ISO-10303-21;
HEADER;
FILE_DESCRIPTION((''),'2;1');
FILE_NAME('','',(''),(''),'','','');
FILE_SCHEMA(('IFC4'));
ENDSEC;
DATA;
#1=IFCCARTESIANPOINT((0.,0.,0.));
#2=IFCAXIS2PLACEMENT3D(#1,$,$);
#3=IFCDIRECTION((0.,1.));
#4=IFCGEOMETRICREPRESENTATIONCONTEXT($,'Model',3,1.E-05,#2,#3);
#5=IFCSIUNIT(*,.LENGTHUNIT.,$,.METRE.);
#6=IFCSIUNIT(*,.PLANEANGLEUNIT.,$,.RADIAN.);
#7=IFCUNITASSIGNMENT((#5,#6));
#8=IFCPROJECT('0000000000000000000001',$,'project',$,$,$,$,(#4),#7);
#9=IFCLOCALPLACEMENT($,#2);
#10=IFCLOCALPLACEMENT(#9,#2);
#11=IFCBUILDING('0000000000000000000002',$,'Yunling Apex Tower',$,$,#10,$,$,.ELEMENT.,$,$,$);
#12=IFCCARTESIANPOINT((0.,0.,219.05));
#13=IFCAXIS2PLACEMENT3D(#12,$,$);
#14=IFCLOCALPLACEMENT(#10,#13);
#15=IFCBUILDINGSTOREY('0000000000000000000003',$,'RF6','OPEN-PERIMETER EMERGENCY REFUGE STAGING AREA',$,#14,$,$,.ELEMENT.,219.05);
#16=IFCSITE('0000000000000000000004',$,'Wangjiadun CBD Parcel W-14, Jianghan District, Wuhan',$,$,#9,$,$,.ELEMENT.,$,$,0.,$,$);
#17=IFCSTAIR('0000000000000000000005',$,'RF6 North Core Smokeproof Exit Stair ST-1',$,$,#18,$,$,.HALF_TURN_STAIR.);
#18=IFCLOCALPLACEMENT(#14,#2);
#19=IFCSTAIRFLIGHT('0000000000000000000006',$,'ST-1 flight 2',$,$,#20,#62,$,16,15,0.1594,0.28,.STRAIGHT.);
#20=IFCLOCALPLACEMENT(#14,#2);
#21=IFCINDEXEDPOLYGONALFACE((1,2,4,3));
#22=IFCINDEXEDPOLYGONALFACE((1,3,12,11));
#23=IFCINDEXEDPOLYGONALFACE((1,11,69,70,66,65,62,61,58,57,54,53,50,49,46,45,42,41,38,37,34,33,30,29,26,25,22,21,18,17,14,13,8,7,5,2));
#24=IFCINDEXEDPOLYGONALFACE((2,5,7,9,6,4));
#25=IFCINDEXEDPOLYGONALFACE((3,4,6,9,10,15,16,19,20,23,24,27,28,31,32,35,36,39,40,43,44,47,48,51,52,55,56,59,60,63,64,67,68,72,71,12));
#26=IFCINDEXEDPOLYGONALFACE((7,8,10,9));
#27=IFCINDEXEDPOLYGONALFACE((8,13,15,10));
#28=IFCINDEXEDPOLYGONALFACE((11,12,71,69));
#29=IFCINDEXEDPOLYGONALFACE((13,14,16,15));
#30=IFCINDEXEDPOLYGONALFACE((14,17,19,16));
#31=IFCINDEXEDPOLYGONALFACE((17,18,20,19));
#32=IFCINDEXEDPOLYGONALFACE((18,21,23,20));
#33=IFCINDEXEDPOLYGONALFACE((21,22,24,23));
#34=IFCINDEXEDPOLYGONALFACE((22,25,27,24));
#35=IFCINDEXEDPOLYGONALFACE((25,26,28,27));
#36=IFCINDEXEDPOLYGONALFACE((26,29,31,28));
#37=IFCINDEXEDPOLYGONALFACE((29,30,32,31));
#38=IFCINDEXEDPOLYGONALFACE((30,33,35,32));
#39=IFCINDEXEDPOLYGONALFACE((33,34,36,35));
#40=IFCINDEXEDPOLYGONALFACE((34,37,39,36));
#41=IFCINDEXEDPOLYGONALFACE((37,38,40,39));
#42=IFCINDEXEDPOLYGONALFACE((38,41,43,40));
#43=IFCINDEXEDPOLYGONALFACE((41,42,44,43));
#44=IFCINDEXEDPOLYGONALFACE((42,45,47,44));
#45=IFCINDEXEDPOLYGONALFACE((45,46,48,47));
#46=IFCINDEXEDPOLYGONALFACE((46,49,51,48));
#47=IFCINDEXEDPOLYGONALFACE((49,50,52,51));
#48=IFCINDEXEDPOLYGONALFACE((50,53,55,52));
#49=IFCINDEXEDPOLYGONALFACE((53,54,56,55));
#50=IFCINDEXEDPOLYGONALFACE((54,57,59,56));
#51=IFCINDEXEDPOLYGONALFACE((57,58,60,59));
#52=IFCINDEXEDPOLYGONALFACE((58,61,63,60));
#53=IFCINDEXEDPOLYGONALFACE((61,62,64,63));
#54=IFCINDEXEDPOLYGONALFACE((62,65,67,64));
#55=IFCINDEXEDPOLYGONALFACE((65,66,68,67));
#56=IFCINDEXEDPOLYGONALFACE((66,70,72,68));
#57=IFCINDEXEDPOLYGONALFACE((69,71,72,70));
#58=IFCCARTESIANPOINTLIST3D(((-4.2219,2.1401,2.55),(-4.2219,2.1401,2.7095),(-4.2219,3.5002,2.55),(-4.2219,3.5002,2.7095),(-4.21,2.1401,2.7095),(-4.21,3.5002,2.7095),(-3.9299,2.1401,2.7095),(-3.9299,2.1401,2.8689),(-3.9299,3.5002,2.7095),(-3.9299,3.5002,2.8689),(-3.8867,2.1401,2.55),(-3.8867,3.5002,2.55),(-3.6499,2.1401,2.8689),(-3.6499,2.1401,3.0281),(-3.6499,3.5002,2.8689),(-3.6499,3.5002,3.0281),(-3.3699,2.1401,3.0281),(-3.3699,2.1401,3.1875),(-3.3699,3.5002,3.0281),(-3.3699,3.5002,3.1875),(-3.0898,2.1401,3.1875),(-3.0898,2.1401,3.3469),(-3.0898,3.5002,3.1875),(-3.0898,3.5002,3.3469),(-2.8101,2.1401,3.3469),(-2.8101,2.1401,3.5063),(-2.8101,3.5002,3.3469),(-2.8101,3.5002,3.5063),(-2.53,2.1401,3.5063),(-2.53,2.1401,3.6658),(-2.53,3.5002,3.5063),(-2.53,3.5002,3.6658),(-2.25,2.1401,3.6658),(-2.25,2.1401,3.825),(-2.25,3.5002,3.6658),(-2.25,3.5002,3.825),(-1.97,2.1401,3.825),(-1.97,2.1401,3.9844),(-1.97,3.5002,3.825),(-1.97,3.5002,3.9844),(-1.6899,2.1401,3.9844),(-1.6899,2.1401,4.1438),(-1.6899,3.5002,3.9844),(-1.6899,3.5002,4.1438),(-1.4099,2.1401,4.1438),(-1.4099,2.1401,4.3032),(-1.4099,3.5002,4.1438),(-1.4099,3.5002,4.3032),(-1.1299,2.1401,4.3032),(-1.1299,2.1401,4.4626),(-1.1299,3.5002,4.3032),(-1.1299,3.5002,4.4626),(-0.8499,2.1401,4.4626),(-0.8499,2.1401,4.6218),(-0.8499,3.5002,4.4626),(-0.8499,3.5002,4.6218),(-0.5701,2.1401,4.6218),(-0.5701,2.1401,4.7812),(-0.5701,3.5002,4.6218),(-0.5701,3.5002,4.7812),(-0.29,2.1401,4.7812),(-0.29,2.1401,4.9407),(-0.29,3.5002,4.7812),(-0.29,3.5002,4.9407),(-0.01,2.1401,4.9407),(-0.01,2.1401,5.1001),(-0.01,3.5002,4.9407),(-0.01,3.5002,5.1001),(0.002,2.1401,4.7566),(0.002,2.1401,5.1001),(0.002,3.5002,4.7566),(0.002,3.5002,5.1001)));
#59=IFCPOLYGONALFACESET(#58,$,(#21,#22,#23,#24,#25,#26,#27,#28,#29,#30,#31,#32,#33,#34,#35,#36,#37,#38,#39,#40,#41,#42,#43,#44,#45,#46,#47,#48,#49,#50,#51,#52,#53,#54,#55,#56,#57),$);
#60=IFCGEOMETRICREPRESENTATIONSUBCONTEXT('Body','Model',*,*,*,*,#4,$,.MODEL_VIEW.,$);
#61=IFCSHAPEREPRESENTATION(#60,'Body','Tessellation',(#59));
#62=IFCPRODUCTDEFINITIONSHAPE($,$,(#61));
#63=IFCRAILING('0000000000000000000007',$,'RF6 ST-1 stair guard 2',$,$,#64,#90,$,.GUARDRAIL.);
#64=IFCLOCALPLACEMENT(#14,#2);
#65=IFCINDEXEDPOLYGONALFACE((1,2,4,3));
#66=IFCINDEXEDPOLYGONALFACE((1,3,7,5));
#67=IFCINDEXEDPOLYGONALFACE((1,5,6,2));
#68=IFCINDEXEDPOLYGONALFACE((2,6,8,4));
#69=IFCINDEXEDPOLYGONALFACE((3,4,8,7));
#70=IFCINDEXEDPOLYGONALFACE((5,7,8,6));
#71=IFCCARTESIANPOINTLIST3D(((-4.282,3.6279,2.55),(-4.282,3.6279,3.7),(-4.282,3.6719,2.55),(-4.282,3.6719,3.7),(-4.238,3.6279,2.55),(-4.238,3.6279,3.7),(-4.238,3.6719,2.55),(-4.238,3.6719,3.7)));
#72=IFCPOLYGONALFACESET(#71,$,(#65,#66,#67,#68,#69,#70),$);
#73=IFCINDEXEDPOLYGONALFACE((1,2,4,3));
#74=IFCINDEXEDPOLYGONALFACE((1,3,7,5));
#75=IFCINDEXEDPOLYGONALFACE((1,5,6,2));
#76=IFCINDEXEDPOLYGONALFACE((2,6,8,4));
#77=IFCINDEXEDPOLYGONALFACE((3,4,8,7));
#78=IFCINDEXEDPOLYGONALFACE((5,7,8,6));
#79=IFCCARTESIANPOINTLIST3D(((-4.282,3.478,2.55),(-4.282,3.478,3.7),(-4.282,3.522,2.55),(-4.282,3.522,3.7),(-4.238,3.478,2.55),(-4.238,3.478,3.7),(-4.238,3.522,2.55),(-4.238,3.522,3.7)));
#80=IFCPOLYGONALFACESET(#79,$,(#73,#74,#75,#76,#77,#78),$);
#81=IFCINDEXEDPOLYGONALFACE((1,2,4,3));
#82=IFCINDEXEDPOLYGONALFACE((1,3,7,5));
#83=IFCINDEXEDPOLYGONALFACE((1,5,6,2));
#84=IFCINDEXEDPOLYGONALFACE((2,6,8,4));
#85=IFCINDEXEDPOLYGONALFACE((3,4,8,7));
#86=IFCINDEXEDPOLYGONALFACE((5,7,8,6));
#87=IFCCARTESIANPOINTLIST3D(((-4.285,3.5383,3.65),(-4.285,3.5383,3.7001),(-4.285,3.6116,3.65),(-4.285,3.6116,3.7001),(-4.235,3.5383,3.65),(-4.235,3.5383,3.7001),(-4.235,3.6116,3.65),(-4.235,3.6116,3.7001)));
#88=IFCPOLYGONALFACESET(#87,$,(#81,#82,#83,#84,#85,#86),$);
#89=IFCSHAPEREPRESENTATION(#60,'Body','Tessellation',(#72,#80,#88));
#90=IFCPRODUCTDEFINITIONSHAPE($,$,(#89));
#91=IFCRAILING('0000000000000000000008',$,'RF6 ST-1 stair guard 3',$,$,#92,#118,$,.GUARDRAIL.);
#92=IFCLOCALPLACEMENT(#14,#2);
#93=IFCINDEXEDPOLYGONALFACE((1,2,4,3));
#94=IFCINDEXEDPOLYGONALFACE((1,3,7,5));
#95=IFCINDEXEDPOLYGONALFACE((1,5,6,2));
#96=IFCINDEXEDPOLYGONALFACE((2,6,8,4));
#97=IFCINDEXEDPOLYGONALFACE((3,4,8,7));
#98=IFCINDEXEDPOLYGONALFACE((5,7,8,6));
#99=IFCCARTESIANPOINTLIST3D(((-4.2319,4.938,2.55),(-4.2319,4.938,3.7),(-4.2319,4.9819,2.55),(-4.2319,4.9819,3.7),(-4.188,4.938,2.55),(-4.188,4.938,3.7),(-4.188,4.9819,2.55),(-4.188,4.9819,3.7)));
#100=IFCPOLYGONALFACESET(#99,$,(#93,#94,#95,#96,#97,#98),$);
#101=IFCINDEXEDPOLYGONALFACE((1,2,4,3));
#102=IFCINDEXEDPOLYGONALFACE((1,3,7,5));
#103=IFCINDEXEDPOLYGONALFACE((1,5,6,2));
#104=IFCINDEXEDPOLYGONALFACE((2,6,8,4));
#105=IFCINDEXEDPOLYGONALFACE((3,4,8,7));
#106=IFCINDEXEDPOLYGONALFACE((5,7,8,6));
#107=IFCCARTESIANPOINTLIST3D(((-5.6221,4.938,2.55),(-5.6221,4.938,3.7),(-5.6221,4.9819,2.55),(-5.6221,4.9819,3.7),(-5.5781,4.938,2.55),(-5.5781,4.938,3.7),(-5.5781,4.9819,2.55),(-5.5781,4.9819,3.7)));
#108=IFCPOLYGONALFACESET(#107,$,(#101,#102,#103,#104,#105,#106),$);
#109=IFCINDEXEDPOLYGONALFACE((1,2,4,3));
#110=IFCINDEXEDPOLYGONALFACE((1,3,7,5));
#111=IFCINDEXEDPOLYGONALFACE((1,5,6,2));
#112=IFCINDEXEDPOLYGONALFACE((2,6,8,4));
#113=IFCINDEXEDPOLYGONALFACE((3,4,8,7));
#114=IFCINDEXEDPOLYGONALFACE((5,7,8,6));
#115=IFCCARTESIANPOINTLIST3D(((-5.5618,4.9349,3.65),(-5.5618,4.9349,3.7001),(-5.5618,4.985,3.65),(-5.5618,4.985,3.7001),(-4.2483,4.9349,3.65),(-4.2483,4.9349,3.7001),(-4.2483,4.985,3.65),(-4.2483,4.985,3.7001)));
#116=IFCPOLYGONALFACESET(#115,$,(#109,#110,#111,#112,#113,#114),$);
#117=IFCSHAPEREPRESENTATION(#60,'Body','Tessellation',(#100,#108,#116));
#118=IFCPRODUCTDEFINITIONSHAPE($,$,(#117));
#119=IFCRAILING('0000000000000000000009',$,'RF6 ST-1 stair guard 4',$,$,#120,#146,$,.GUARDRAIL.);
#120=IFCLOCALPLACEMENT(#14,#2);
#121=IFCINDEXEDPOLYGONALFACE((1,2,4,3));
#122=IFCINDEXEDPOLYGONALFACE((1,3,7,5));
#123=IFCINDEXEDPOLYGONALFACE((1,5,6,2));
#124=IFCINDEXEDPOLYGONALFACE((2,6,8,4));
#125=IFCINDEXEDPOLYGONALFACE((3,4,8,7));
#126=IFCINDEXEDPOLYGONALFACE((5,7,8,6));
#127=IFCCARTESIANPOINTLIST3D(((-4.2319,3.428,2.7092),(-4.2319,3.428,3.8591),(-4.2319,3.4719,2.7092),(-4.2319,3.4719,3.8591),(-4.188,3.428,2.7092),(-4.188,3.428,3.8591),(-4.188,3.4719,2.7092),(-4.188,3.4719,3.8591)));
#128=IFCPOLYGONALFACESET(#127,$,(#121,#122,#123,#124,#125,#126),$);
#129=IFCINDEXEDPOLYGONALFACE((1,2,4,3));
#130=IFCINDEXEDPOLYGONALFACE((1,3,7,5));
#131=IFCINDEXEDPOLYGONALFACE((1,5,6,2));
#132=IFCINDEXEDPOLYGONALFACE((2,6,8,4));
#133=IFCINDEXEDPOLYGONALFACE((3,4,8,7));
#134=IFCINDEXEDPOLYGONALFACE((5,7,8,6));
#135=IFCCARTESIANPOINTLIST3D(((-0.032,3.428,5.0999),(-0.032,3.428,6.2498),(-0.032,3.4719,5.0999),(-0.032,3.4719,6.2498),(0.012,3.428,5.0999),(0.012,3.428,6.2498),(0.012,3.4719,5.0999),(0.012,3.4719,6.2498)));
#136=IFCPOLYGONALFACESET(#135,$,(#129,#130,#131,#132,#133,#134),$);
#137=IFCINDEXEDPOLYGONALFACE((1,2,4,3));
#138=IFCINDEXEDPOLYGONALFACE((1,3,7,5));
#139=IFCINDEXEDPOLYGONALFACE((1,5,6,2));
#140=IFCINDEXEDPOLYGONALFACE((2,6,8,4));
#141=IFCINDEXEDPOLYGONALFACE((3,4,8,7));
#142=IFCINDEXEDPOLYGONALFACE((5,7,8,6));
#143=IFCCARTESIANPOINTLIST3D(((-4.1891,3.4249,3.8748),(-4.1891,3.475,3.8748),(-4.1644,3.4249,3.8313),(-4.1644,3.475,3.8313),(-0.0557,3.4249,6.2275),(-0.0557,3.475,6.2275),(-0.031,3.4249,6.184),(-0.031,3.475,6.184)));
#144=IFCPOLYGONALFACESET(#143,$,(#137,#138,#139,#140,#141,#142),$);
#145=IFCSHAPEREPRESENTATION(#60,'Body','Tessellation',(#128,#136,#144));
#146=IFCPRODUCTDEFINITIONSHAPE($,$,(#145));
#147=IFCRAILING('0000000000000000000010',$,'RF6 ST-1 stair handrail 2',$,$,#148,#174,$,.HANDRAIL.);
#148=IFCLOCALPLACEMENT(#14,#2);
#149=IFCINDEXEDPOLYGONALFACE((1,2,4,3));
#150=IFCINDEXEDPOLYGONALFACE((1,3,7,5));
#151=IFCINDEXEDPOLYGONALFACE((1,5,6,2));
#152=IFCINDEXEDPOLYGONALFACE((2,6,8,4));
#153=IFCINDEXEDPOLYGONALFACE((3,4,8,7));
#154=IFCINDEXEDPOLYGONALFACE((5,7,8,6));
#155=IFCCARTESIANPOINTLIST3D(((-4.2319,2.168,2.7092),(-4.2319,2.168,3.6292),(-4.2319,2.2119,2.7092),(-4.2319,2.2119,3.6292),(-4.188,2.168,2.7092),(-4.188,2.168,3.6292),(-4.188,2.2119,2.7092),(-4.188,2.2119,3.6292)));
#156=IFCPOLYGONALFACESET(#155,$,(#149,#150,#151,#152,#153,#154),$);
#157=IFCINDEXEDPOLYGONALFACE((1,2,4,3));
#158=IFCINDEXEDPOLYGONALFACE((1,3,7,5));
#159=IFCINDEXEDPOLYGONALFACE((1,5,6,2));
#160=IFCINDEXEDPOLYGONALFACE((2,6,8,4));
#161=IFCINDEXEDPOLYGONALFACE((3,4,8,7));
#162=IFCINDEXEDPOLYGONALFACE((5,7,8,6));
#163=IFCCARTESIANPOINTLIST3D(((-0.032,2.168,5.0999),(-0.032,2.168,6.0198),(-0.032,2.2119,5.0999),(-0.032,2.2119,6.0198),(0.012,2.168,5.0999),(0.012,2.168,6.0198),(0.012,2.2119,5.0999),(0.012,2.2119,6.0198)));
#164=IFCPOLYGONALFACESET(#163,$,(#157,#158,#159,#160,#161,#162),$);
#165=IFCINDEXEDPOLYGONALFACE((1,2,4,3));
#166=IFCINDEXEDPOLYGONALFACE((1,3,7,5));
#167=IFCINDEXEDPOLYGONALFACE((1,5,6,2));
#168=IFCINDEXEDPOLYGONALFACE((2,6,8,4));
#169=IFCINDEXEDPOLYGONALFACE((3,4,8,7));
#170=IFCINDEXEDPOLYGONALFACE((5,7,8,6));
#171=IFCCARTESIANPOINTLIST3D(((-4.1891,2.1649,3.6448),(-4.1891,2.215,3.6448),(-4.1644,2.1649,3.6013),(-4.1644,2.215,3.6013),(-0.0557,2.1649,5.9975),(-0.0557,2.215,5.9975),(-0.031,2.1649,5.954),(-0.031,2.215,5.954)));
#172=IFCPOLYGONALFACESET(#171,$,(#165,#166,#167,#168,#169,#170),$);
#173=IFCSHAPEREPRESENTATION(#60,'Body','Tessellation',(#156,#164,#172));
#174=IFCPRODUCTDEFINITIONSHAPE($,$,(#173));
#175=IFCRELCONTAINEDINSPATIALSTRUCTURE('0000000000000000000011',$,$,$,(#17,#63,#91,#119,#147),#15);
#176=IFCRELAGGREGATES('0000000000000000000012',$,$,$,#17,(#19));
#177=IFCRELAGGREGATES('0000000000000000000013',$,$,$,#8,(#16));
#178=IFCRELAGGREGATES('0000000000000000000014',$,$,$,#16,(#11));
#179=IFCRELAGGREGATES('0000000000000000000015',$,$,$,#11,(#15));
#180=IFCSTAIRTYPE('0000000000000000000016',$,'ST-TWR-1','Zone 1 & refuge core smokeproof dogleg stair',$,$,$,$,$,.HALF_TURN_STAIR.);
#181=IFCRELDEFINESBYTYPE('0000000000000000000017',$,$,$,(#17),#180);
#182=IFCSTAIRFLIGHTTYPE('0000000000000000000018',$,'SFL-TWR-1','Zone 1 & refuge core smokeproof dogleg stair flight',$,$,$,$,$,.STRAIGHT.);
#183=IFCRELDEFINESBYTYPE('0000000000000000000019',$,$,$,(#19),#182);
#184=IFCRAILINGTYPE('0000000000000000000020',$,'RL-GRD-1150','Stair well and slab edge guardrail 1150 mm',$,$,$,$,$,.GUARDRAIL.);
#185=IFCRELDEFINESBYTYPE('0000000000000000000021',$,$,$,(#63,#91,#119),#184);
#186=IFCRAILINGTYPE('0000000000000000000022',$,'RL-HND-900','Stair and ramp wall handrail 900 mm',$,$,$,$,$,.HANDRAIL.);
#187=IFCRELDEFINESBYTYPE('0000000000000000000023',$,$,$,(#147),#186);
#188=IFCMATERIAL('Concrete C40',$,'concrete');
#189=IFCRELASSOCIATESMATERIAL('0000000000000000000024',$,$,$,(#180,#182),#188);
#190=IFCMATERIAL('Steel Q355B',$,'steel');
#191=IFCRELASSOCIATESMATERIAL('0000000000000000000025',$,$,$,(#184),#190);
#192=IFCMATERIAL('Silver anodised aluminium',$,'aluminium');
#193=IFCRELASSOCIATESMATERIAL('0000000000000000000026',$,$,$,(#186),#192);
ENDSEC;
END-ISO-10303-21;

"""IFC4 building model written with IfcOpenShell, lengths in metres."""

from ifc_helpers import new_model, si_unit, direction, frame, origin, origin_2d, place, context, subcontext, project, spatial, polyline, rectangle, outline, extrude, material, type_object, element, aggregate, save


model = new_model("IFC4")

# Units and contexts
model_context = context("Model", 3, precision=1e-05, world=origin(), true_north=direction((0.0, 1.0)))
body_context = subcontext(model_context, "Body", "Model", "MODEL_VIEW")
ifc_project = project(units=[si_unit("LENGTHUNIT", "METRE"), si_unit("PLANEANGLEUNIT", "RADIAN")], contexts=[model_context])

# Site, building, storey
site_placement = place(None, origin())
site = spatial("IfcSite", under=ifc_project, at=site_placement, Name="Wangjiadun CBD Parcel W-14, Jianghan District, Wuhan", CompositionType="ELEMENT", RefElevation=0.0)
building_placement = place(site_placement, origin())
building = spatial("IfcBuilding", under=site, at=building_placement, Name="Yunling Apex Tower", CompositionType="ELEMENT")
storey_placement = place(building_placement, frame((0.0, 0.0, 219.05)))
storey = spatial("IfcBuildingStorey", under=building, at=storey_placement, Name="RF6", Description="OPEN-PERIMETER EMERGENCY REFUGE STAGING AREA", CompositionType="ELEMENT", Elevation=219.05)

# Shared definitions
ifc_material_1 = material(Name="Steel Q355B", Category="steel")

# Shared definitions
ifc_material_2 = material(Name="Concrete C40", Category="concrete")

# Stair, stair flight
stair_type = type_object("IfcStairType", Name="ST-TWR-1", Description="Zone 1 & refuge core smokeproof dogleg stair", PredefinedType="HALF_TURN_STAIR", material=ifc_material_2)
stair_placement = place(storey_placement, origin())
stair = element("IfcStair", 1, at=stair_placement, inside=storey, type_object=stair_type, Name="RF6 North Core Smokeproof Exit Stair ST-1", PredefinedType="HALF_TURN_STAIR")
stair_flight_type = type_object("IfcStairFlightType", Name="SFL-TWR-1", Description="Zone 1 & refuge core smokeproof dogleg stair flight", PredefinedType="STRAIGHT", material=ifc_material_2)
stair_flight_placement = place(storey_placement, frame((-4.21, 2.8201, 2.55), z_axis=(0.0, 0.0, 1.0), x_axis=(1.0, 0.0, 0.0)))
stair_flight = element("IfcStairFlight", 2, at=stair_flight_placement, type_object=stair_flight_type, Name="ST-1 flight 2", NumberOfRisers=16, NumberOfTreads=15, PredefinedType="STRAIGHT", RiserHeight=0.1594, TreadLength=0.28, context=body_context, shape_type="SweptSolid", body=[
    extrude(outline(polyline([(-0.012, 0.0), (-0.012, 0.1594), (0.0, 0.1594), (0.28, 0.1594), (0.28, 0.3188), (0.5601, 0.3188), (0.5601, 0.478), (0.8401, 0.478), (0.8401, 0.6375), (1.1201, 0.6375), (1.1201, 0.7969), (1.3999, 0.7969), (1.3999, 0.9563), (1.6799, 0.9563), (1.6799, 1.1157), (1.96, 1.1157), (1.96, 1.2749), (2.24, 1.2749), (2.24, 1.4343), (2.52, 1.4343), (2.52, 1.5938), (2.8, 1.5938), (2.8, 1.7532), (3.0801, 1.7532), (3.0801, 1.9126), (3.3601, 1.9126), (3.3601, 2.0718), (3.6399, 2.0718), (3.6399, 2.2312), (3.9199, 2.2312), (3.9199, 2.3906), (4.2, 2.3906), (4.2, 2.55), (4.2119, 2.55), (4.2119, 2.2065), (0.3232, 0.0), (-0.012, 0.0)])), frame((0.0, 0.6802, 0.0), z_axis=(0.0, -1.0, 0.0), x_axis=(1.0, 0.0, 0.0)), (0.0, 0.0, 1.0), 1.3601),
])
aggregate(stair, [stair_flight])

# Railings
railing_type_1 = type_object("IfcRailingType", Name="RL-GRD-1150", Description="Stair well and slab edge guardrail 1150 mm", PredefinedType="GUARDRAIL", material=ifc_material_1)
railing_1_placement = place(storey_placement, frame((-4.26, 3.6499, 2.55)))
element("IfcRailing", 3, at=railing_1_placement, inside=storey, type_object=railing_type_1, Name="RF6 ST-1 stair guard 2", PredefinedType="GUARDRAIL", context=body_context, shape_type="SweptSolid", body=[
    extrude(rectangle(XDim=0.0439, YDim=0.0439, at=origin_2d()), origin(), (0.0, 0.0, 1.0), 1.1499),
    extrude(rectangle(XDim=0.0439, YDim=0.0439, at=origin_2d()), frame((0.0, -0.1499, 0.0)), (0.0, 0.0, 1.0), 1.1499),
    extrude(rectangle(XDim=0.05, YDim=0.05, at=origin_2d()), frame((0.0, -0.0383, 1.125), z_axis=(0.0, -1.0, 0.0), x_axis=(1.0, 0.0, 0.0)), (0.0, 0.0, 1.0), 0.0732),
])
railing_2_placement = place(storey_placement, frame((-4.21, 4.96, 2.55)))
element("IfcRailing", 4, at=railing_2_placement, inside=storey, type_object=railing_type_1, Name="RF6 ST-1 stair guard 3", PredefinedType="GUARDRAIL", context=body_context, shape_type="SweptSolid", body=[
    extrude(rectangle(XDim=0.0439, YDim=0.0439, at=origin_2d()), origin(), (0.0, 0.0, 1.0), 1.1499),
    extrude(rectangle(XDim=0.0439, YDim=0.0439, at=origin_2d()), frame((-1.3901, 0.0, 0.0)), (0.0, 0.0, 1.0), 1.1499),
    extrude(rectangle(XDim=0.05, YDim=0.05, at=origin_2d()), frame((-0.0383, 0.0, 1.125), z_axis=(-1.0, 0.0, 0.0), x_axis=(0.0, -1.0, 0.0)), (0.0, 0.0, 1.0), 1.3135),
])
railing_3_placement = place(storey_placement, frame((-4.21, 3.45, 2.7092)))
element("IfcRailing", 5, at=railing_3_placement, inside=storey, type_object=railing_type_1, Name="RF6 ST-1 stair guard 4", PredefinedType="GUARDRAIL", context=body_context, shape_type="SweptSolid", body=[
    extrude(rectangle(XDim=0.0439, YDim=0.0439, at=origin_2d()), origin(), (0.0, 0.0, 1.0), 1.1499),
    extrude(rectangle(XDim=0.0439, YDim=0.0439, at=origin_2d()), frame((4.2, 0.0, 2.3906)), (0.0, 0.0, 1.0), 1.1499),
    extrude(rectangle(XDim=0.05, YDim=0.05, at=origin_2d()), frame((0.0332, 0.0, 1.1438), z_axis=(0.869075, 0.0, 0.49468), x_axis=(0.0, 1.0, 0.0)), (0.0, 0.0, 1.0), 4.7561),
])
ifc_material_3 = material(Name="Silver anodised aluminium", Category="aluminium")
railing_type_2 = type_object("IfcRailingType", Name="RL-HND-900", Description="Stair and ramp wall handrail 900 mm", PredefinedType="HANDRAIL", material=ifc_material_3)
railing_4_placement = place(storey_placement, frame((-4.21, 2.1899, 2.7092)))
element("IfcRailing", 6, at=railing_4_placement, inside=storey, type_object=railing_type_2, Name="RF6 ST-1 stair handrail 2", PredefinedType="HANDRAIL", context=body_context, shape_type="SweptSolid", body=[
    extrude(rectangle(XDim=0.0439, YDim=0.0439, at=origin_2d()), origin(), (0.0, 0.0, 1.0), 0.9199),
    extrude(rectangle(XDim=0.0439, YDim=0.0439, at=origin_2d()), frame((4.2, 0.0, 2.3906)), (0.0, 0.0, 1.0), 0.9199),
    extrude(rectangle(XDim=0.05, YDim=0.05, at=origin_2d()), frame((0.0332, 0.0, 0.9138), z_axis=(0.869075, 0.0, 0.49468), x_axis=(0.0, 1.0, 0.0)), (0.0, 0.0, 1.0), 4.7561),
])

save(model, "model.ifc")
